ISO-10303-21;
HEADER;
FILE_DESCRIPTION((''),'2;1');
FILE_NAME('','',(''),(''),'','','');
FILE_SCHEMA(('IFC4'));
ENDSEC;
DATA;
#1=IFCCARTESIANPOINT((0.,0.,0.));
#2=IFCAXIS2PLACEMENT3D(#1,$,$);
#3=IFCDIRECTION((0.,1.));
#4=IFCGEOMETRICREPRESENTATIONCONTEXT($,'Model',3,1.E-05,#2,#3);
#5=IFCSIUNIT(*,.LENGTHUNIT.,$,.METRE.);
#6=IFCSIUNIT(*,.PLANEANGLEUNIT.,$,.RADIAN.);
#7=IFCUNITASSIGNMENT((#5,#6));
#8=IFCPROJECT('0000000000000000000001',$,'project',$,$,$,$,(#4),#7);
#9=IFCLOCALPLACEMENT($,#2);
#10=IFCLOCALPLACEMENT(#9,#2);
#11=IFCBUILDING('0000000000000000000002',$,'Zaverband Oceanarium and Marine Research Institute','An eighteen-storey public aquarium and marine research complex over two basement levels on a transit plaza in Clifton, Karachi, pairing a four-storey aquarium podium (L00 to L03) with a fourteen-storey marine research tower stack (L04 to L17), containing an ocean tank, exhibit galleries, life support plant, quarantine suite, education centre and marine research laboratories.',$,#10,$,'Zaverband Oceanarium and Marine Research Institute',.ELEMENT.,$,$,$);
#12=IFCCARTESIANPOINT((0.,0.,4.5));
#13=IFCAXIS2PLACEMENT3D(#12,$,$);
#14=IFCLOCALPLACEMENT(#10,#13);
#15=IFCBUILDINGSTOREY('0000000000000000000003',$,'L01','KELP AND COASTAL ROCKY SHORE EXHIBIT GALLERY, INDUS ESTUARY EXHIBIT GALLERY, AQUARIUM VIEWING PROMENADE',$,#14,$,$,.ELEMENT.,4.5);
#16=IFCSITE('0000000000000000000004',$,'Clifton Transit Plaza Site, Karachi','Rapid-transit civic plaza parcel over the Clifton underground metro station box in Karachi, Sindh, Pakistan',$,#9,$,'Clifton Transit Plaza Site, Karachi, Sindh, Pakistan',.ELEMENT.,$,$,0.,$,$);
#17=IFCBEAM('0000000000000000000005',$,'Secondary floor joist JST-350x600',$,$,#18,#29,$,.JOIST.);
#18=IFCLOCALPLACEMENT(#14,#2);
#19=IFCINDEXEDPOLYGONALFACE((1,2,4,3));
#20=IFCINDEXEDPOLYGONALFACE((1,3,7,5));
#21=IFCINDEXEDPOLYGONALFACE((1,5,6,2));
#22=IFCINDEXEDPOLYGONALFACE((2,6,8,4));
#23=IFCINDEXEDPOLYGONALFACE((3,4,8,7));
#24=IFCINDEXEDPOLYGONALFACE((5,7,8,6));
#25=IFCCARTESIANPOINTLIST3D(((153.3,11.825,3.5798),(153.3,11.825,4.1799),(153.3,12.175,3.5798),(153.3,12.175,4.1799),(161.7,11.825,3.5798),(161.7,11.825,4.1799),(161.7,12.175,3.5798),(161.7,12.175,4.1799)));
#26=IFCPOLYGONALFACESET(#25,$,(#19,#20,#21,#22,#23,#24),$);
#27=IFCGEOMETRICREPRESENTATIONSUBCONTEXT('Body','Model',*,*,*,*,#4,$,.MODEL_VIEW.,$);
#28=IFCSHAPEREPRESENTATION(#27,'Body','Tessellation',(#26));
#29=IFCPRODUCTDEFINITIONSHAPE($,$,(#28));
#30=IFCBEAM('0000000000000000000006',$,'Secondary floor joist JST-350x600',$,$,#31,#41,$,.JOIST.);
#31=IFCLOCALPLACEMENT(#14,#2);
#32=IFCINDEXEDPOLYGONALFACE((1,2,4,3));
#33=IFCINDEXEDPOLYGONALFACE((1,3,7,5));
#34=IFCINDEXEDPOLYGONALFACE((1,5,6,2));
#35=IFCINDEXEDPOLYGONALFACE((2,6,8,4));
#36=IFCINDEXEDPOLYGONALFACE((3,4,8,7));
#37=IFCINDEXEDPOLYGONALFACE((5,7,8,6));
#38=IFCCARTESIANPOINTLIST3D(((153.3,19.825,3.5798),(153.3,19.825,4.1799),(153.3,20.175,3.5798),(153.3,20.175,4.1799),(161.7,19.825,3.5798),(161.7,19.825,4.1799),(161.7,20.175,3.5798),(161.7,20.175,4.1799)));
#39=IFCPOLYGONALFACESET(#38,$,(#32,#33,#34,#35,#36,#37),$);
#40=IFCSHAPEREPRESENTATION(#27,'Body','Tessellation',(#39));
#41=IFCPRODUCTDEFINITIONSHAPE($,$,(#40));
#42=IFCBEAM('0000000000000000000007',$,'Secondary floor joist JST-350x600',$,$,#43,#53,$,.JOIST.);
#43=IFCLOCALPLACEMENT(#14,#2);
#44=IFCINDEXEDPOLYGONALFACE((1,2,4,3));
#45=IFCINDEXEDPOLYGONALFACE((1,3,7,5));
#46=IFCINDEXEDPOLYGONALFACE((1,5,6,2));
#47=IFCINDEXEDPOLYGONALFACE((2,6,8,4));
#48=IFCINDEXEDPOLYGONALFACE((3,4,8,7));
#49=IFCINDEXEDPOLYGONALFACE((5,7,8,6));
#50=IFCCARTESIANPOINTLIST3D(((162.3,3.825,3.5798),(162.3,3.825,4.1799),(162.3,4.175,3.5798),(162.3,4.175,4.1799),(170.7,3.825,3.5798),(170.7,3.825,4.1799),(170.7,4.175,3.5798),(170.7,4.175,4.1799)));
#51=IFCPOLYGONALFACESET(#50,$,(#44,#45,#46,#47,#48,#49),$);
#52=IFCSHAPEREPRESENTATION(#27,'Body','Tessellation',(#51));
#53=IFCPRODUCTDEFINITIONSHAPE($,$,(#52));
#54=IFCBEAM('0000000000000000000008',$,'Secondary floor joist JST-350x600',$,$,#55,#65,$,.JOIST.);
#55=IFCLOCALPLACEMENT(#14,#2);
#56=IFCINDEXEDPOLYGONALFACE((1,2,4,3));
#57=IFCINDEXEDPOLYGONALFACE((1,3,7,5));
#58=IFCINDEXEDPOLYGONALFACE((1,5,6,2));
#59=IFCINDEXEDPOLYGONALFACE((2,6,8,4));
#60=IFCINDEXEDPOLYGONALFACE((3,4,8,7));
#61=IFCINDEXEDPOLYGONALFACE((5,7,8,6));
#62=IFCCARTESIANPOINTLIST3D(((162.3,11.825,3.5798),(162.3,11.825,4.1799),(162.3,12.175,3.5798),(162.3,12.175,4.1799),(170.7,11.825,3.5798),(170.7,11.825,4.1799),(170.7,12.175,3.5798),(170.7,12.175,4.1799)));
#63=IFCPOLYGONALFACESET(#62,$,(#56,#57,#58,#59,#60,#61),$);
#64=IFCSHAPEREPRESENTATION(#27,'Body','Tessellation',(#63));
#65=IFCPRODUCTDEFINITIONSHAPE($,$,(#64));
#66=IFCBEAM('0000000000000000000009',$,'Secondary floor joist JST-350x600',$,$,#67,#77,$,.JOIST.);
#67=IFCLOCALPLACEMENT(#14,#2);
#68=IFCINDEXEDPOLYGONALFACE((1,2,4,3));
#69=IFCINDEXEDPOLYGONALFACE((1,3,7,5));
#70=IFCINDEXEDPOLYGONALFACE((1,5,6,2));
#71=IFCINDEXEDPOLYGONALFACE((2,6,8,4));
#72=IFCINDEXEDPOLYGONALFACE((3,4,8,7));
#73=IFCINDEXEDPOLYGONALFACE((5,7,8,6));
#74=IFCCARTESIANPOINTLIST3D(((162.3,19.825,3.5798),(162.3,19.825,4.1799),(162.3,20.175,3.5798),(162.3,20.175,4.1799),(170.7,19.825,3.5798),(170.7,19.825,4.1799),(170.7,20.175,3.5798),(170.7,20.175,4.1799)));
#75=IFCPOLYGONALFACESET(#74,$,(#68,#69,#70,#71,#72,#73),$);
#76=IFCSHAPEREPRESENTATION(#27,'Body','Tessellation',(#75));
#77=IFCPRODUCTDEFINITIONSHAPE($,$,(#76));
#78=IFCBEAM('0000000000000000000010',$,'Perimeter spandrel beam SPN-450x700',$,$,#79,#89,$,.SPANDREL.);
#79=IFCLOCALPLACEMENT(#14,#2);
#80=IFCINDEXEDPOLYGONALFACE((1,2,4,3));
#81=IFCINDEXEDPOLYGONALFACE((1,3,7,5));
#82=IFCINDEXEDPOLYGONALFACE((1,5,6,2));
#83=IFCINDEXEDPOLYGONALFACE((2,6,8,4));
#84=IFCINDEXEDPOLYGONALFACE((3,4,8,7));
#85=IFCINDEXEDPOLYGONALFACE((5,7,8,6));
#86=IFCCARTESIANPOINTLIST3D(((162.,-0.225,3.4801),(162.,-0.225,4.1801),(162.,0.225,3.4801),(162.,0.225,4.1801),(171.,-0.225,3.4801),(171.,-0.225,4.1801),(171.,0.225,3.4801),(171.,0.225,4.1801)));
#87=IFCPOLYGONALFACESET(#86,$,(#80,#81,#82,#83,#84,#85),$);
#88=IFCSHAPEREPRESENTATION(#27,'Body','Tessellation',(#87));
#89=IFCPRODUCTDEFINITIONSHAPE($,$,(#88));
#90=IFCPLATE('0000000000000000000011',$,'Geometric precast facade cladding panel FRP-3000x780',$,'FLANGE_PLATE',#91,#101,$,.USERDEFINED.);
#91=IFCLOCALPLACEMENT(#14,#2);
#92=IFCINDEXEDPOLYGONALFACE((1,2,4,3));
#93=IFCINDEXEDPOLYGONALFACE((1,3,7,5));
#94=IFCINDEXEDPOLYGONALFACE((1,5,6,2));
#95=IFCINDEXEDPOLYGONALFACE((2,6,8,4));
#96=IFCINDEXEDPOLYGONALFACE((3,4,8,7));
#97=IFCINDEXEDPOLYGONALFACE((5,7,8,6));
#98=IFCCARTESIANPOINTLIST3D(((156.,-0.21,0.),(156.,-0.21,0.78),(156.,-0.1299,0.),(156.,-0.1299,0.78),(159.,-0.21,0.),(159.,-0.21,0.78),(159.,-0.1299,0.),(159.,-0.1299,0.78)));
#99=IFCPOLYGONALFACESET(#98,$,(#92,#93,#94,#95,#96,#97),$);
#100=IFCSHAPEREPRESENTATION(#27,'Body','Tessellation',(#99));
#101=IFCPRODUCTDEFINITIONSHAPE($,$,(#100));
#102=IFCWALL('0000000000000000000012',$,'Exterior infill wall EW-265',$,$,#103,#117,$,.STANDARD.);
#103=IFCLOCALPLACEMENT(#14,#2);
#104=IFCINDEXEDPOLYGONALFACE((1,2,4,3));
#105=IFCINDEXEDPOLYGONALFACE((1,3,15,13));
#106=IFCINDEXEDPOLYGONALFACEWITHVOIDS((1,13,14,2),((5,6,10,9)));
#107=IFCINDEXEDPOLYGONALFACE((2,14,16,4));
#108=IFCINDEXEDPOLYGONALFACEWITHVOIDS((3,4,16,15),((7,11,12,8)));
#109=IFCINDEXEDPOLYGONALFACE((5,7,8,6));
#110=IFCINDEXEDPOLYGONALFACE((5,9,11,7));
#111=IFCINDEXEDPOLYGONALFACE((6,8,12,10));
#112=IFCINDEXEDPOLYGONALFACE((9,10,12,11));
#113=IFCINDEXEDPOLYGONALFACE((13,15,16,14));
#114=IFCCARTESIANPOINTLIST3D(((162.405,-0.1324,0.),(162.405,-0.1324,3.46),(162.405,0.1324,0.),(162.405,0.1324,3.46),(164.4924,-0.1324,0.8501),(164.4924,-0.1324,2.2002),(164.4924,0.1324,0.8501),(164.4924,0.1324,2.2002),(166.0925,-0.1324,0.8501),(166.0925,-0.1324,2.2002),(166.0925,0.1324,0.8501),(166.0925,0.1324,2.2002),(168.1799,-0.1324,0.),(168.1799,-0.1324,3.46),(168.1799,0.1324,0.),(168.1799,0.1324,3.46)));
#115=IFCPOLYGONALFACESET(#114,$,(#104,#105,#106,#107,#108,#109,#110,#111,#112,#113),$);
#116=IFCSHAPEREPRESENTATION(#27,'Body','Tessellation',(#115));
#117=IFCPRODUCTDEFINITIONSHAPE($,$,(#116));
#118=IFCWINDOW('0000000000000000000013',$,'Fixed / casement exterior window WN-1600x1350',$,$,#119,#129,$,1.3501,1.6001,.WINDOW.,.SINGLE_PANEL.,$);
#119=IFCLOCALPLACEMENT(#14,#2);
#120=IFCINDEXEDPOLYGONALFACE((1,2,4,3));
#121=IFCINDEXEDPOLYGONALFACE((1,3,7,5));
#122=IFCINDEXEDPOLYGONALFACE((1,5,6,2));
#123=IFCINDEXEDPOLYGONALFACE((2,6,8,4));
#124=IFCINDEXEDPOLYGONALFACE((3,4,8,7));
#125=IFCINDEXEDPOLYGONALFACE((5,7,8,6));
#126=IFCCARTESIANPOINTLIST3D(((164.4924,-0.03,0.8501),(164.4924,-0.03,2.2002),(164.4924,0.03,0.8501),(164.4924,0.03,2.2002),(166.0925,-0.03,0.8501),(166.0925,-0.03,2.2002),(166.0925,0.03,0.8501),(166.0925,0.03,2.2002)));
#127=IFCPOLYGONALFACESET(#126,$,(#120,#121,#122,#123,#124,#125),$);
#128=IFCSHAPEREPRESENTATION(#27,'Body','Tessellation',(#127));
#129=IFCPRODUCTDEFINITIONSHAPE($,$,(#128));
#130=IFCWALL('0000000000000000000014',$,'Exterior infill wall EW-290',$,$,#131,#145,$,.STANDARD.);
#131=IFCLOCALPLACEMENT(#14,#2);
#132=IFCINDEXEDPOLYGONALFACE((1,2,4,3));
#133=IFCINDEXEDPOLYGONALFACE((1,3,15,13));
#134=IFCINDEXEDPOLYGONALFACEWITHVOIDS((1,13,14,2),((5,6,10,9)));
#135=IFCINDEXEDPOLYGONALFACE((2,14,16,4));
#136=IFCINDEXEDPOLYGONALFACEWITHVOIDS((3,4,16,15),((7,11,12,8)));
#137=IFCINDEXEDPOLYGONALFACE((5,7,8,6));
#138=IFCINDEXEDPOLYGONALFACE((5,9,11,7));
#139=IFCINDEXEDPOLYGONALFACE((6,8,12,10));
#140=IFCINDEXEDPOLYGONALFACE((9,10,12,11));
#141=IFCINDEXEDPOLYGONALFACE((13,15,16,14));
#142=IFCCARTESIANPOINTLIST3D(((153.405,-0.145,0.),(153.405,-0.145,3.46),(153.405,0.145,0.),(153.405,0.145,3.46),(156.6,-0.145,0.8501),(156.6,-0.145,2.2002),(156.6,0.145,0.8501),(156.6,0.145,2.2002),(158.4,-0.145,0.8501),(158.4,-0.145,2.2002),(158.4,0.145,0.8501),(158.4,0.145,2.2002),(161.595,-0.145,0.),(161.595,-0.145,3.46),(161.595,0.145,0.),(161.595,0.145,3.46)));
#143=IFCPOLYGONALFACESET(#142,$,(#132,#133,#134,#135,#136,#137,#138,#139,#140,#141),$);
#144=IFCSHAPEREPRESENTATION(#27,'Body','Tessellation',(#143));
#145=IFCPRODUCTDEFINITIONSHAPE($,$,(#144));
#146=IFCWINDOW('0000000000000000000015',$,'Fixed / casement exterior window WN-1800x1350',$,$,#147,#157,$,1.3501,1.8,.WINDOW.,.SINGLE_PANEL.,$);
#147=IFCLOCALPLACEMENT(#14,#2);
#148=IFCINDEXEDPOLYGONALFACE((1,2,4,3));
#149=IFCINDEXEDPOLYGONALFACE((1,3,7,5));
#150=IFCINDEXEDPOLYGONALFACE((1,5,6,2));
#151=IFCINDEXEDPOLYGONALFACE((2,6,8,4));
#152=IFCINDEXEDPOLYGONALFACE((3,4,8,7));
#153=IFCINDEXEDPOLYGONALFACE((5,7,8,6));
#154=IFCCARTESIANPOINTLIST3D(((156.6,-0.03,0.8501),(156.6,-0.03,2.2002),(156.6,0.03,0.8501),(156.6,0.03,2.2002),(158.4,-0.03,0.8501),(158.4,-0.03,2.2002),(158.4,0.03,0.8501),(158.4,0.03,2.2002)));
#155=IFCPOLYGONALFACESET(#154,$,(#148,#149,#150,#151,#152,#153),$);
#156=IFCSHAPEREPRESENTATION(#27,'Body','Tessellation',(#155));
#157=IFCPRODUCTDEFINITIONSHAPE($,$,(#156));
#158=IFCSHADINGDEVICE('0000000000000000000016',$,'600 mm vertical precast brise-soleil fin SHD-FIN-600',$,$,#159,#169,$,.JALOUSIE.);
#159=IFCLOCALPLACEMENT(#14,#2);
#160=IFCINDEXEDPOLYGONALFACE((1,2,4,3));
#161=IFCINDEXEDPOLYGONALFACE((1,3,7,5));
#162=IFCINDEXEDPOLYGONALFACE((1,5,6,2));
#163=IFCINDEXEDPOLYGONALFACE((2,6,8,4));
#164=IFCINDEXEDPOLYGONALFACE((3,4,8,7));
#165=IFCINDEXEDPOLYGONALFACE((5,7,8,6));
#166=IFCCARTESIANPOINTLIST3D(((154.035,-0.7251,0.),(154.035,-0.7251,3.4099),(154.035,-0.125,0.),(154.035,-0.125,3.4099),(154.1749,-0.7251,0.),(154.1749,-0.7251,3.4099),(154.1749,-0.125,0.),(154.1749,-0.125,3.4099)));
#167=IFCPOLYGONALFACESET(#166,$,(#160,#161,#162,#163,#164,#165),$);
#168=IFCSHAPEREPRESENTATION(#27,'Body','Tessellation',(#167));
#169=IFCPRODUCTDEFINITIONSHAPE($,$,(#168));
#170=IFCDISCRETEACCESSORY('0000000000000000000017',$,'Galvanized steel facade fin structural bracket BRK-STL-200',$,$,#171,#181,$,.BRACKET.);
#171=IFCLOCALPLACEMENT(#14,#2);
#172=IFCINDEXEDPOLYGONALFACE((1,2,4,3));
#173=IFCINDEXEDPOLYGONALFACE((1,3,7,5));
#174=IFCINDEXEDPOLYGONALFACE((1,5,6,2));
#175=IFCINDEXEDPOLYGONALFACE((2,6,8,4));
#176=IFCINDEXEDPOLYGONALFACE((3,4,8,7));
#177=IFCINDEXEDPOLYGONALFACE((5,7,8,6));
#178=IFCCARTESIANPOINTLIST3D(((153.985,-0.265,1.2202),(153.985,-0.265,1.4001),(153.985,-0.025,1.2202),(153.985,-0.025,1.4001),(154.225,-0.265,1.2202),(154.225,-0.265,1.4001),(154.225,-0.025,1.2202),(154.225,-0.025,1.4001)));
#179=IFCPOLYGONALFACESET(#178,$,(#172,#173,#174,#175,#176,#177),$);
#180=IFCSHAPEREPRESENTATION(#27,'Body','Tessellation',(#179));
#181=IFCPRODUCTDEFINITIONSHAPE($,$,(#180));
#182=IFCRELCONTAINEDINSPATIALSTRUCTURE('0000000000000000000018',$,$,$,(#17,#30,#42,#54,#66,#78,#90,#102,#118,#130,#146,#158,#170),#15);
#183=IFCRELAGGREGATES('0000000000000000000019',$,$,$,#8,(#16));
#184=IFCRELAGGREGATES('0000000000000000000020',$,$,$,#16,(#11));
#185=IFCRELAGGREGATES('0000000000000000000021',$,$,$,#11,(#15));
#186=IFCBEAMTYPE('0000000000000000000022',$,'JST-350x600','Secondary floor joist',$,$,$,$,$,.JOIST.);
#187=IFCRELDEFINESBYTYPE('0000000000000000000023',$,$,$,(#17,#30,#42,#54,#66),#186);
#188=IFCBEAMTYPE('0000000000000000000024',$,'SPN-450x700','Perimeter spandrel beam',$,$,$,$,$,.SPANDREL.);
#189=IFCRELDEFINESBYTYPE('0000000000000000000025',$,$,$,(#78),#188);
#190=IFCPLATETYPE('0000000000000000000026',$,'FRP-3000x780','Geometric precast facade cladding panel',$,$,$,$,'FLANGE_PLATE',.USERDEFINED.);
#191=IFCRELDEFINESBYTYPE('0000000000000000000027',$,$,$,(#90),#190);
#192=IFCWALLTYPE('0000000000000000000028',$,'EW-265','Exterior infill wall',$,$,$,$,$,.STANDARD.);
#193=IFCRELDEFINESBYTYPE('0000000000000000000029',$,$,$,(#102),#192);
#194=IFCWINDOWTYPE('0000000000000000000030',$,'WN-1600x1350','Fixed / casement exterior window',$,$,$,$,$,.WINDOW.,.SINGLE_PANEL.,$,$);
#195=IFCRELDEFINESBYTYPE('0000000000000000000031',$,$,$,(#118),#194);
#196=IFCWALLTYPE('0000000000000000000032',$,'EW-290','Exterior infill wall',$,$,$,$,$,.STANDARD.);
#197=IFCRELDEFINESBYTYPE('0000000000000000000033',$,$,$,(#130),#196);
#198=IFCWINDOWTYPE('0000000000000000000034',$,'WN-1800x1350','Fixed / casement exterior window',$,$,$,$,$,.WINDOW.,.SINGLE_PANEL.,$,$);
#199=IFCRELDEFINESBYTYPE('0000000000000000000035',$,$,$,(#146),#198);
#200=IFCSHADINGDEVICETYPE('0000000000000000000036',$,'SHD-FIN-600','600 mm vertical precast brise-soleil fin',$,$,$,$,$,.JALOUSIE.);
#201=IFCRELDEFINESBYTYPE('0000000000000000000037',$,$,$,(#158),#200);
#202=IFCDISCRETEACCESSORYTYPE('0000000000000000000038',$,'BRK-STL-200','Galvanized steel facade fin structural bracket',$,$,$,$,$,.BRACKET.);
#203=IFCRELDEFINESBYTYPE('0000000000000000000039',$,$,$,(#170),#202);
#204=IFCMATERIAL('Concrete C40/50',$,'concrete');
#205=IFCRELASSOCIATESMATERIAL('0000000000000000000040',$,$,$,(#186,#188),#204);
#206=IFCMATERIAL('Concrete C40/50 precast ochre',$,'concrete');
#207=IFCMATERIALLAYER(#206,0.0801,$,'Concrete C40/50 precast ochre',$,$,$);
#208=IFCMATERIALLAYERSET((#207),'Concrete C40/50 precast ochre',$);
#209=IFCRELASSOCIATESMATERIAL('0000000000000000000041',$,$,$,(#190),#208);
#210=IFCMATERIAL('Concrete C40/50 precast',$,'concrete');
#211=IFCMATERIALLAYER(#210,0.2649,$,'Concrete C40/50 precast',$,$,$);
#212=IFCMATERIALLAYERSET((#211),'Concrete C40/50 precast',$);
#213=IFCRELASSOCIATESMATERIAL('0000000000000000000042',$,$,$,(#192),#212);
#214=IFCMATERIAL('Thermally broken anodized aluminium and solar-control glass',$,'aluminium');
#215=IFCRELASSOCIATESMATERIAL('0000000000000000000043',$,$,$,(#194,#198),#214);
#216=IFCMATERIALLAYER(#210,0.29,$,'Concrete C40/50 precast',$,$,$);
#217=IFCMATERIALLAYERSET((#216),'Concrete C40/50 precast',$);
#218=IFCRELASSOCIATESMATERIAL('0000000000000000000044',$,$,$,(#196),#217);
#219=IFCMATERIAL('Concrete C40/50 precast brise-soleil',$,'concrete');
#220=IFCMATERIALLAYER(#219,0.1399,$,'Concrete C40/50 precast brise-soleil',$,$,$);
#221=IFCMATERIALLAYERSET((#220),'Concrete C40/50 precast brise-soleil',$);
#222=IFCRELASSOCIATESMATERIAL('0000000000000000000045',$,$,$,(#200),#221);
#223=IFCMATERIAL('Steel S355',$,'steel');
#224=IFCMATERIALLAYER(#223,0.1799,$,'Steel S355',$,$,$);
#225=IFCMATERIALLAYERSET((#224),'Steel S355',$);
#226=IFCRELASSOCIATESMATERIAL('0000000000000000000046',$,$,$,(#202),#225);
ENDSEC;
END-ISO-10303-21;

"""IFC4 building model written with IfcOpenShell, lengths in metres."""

from ifc_helpers import new_model, si_unit, direction, frame, frame_2d, origin, origin_2d, place, context, subcontext, project, spatial, rectangle, extrude, material, layer, layer_set, material_profile, profile_set, type_object, element, fill, save


model = new_model("IFC4")

# Units and contexts
model_context = context("Model", 3, precision=1e-05, world=origin(), true_north=direction((0.0, 1.0)))
body_context = subcontext(model_context, "Body", "Model", "MODEL_VIEW")
ifc_project = project(units=[si_unit("LENGTHUNIT", "METRE"), si_unit("PLANEANGLEUNIT", "RADIAN")], contexts=[model_context])

# Site, building, storey
site_placement = place(None, origin())
site = spatial("IfcSite", under=ifc_project, at=site_placement, Name="Clifton Transit Plaza Site, Karachi", Description="Rapid-transit civic plaza parcel over the Clifton underground metro station box in Karachi, Sindh, Pakistan", LongName="Clifton Transit Plaza Site, Karachi, Sindh, Pakistan", CompositionType="ELEMENT", RefElevation=0.0)
building_placement = place(site_placement, origin())
building = spatial("IfcBuilding", under=site, at=building_placement, Name="Zaverband Oceanarium and Marine Research Institute", Description="An eighteen-storey public aquarium and marine research complex over two basement levels on a transit plaza in Clifton, Karachi, pairing a four-storey aquarium podium (L00 to L03) with a fourteen-storey marine research tower stack (L04 to L17), containing an ocean tank, exhibit galleries, life support plant, quarantine suite, education centre and marine research laboratories.", LongName="Zaverband Oceanarium and Marine Research Institute", CompositionType="ELEMENT")
storey_placement = place(building_placement, frame((0.0, 0.0, 4.5)))
storey = spatial("IfcBuildingStorey", under=building, at=storey_placement, Name="L01", Description="KELP AND COASTAL ROCKY SHORE EXHIBIT GALLERY, INDUS ESTUARY EXHIBIT GALLERY, AQUARIUM VIEWING PROMENADE", CompositionType="ELEMENT", Elevation=4.5)

# Beams
ifc_material_1 = material(Name="Concrete C40/50", Category="concrete")
ifc_material_profile_1 = material_profile(ifc_material_1, rectangle(XDim=0.3501, YDim=0.6001, at=origin_2d()), Name="RC350x600")
ifc_profile_set_1 = profile_set([ifc_material_profile_1], Name="Concrete C40/50")
beam_type_1 = type_object("IfcBeamType", Name="JST-350x600", Description="Secondary floor joist", PredefinedType="JOIST", material=ifc_profile_set_1)
for number, where, z_axis, x_axis, name in (
    (1, (153.3, 12.0, 3.8799), (1.0, 0.0, 0.0), (0.0, 1.0, 0.0), "Secondary floor joist JST-350x600"),
    (2, (153.3, 20.0, 3.8799), (1.0, 0.0, 0.0), (0.0, 1.0, 0.0), "Secondary floor joist JST-350x600"),
    (3, (162.3, 4.0, 3.8799), (1.0, 0.0, 0.0), (0.0, 1.0, 0.0), "Secondary floor joist JST-350x600"),
    (4, (162.3, 12.0, 3.8799), (1.0, 0.0, 0.0), (0.0, 1.0, 0.0), "Secondary floor joist JST-350x600"),
    (5, (162.3, 20.0, 3.8799), (1.0, 0.0, 0.0), (0.0, 1.0, 0.0), "Secondary floor joist JST-350x600"),
):
    element("IfcBeam", number, at=place(storey_placement, frame(where, z_axis=z_axis, x_axis=x_axis)), inside=storey, type_object=beam_type_1, Name=name, PredefinedType="JOIST", context=body_context, shape_type="SweptSolid", body=[
        extrude(rectangle(XDim=0.3501, YDim=0.6001, at=origin_2d()), origin(), (0.0, 0.0, 1.0), 8.3999),
    ])
ifc_material_profile_2 = material_profile(ifc_material_1, rectangle(XDim=0.45, YDim=0.7, at=origin_2d()), Name="RC450x700")
ifc_profile_set_2 = profile_set([ifc_material_profile_2], Name="Concrete C40/50")
beam_type_2 = type_object("IfcBeamType", Name="SPN-450x700", Description="Perimeter spandrel beam", PredefinedType="SPANDREL", material=ifc_profile_set_2)
beam_placement = place(storey_placement, frame((162.0, 0.0, 3.8301), z_axis=(1.0, 0.0, 0.0), x_axis=(0.0, 1.0, 0.0)))
element("IfcBeam", 6, at=beam_placement, inside=storey, type_object=beam_type_2, Name="Perimeter spandrel beam SPN-450x700", PredefinedType="SPANDREL", context=body_context, shape_type="SweptSolid", body=[
    extrude(rectangle(XDim=0.45, YDim=0.7, at=origin_2d()), origin(), (0.0, 0.0, 1.0), 9.0),
])

# Plate
ifc_material_2 = material(Name="Concrete C40/50 precast ochre", Category="concrete")
ifc_layer_1 = layer(ifc_material_2, 0.0801, Name="Concrete C40/50 precast ochre")
ifc_layer_set_1 = layer_set([ifc_layer_1], Name="Concrete C40/50 precast ochre")
plate_type = type_object("IfcPlateType", Name="FRP-3000x780", Description="Geometric precast facade cladding panel", ElementType="FLANGE_PLATE", PredefinedType="USERDEFINED", material=ifc_layer_set_1)
plate_placement = place(storey_placement, frame((156.0, -0.1699, 0.0), z_axis=(0.0, 0.0, 1.0), x_axis=(1.0, 0.0, 0.0)))
element("IfcPlate", 7, at=plate_placement, inside=storey, type_object=plate_type, Name="Geometric precast facade cladding panel FRP-3000x780", ObjectType="FLANGE_PLATE", PredefinedType="USERDEFINED", context=body_context, shape_type="SweptSolid", body=[
    extrude(rectangle(XDim=3.0, YDim=0.0801, at=frame_2d((1.5, 0.0))), origin(), (0.0, 0.0, 1.0), 0.78),
])

# Walls, openings, windows
ifc_material_3 = material(Name="Concrete C40/50 precast", Category="concrete")
ifc_layer_2 = layer(ifc_material_3, 0.2649, Name="Concrete C40/50 precast")
ifc_layer_set_2 = layer_set([ifc_layer_2], Name="Concrete C40/50 precast")
wall_type_1 = type_object("IfcWallType", Name="EW-265", Description="Exterior infill wall", PredefinedType="STANDARD", material=ifc_layer_set_2)
wall_1_placement = place(storey_placement, frame((162.405, 0.0, 0.0), z_axis=(0.0, 0.0, 1.0), x_axis=(1.0, 0.0, 0.0)))
wall_1 = element("IfcWall", 8, at=wall_1_placement, inside=storey, type_object=wall_type_1, Name="Exterior infill wall EW-265", PredefinedType="STANDARD", context=body_context, shape_type="SweptSolid", body=[
    extrude(rectangle(XDim=5.7749, YDim=0.2649, at=frame_2d((2.8875, 0.0))), origin(), (0.0, 0.0, 1.0), 3.46),
])
opening_1_placement = place(wall_1_placement, frame((2.0874, 0.0, 0.8501)))
opening_1 = element("IfcOpeningElement", 9, at=opening_1_placement, cuts=wall_1, PredefinedType="OPENING", context=body_context, shape_type="SweptSolid", body=[
    extrude(rectangle(XDim=1.6001, YDim=1.3501, at=frame_2d((0.8, 0.675))), frame((0.0, 0.1445, 0.0), z_axis=(0.0, -1.0, 0.0), x_axis=(1.0, 0.0, 0.0)), (0.0, 0.0, 1.0), 0.2888),
])
ifc_material_4 = material(Name="Thermally broken anodized aluminium and solar-control glass", Category="aluminium")
window_type_1 = type_object("IfcWindowType", Name="WN-1600x1350", Description="Fixed / casement exterior window", PartitioningType="SINGLE_PANEL", PredefinedType="WINDOW", material=ifc_material_4)
window_1_placement = place(opening_1_placement, origin())
window_1 = element("IfcWindow", 10, at=window_1_placement, inside=storey, type_object=window_type_1, Name="Fixed / casement exterior window WN-1600x1350", OverallHeight=1.3501, OverallWidth=1.6001, PartitioningType="SINGLE_PANEL", PredefinedType="WINDOW", context=body_context, shape_type="SweptSolid", body=[
    extrude(rectangle(XDim=1.6001, YDim=1.3501, at=frame_2d((0.8, 0.675))), frame((0.0, 0.03, 0.0), z_axis=(0.0, -1.0, 0.0), x_axis=(1.0, 0.0, 0.0)), (0.0, 0.0, 1.0), 0.0601),
])
fill(opening_1, window_1)
ifc_layer_3 = layer(ifc_material_3, 0.29, Name="Concrete C40/50 precast")
ifc_layer_set_3 = layer_set([ifc_layer_3], Name="Concrete C40/50 precast")
wall_type_2 = type_object("IfcWallType", Name="EW-290", Description="Exterior infill wall", PredefinedType="STANDARD", material=ifc_layer_set_3)
wall_2_placement = place(storey_placement, frame((153.405, 0.0, 0.0), z_axis=(0.0, 0.0, 1.0), x_axis=(1.0, 0.0, 0.0)))
wall_2 = element("IfcWall", 11, at=wall_2_placement, inside=storey, type_object=wall_type_2, Name="Exterior infill wall EW-290", PredefinedType="STANDARD", context=body_context, shape_type="SweptSolid", body=[
    extrude(rectangle(XDim=8.1899, YDim=0.29, at=frame_2d((4.095, 0.0))), origin(), (0.0, 0.0, 1.0), 3.46),
])
opening_2_placement = place(wall_2_placement, frame((3.1951, 0.0, 0.8501)))
opening_2 = element("IfcOpeningElement", 12, at=opening_2_placement, cuts=wall_2, PredefinedType="OPENING", context=body_context, shape_type="SweptSolid", body=[
    extrude(rectangle(XDim=1.8, YDim=1.3501, at=frame_2d((0.8999, 0.675))), frame((0.0, 0.157, 0.0), z_axis=(0.0, -1.0, 0.0), x_axis=(1.0, 0.0, 0.0)), (0.0, 0.0, 1.0), 0.314),
])
window_type_2 = type_object("IfcWindowType", Name="WN-1800x1350", Description="Fixed / casement exterior window", PartitioningType="SINGLE_PANEL", PredefinedType="WINDOW", material=ifc_material_4)
window_2_placement = place(opening_2_placement, origin())
window_2 = element("IfcWindow", 13, at=window_2_placement, inside=storey, type_object=window_type_2, Name="Fixed / casement exterior window WN-1800x1350", OverallHeight=1.3501, OverallWidth=1.8, PartitioningType="SINGLE_PANEL", PredefinedType="WINDOW", context=body_context, shape_type="SweptSolid", body=[
    extrude(rectangle(XDim=1.8, YDim=1.3501, at=frame_2d((0.8999, 0.675))), frame((0.0, 0.03, 0.0), z_axis=(0.0, -1.0, 0.0), x_axis=(1.0, 0.0, 0.0)), (0.0, 0.0, 1.0), 0.0601),
])
fill(opening_2, window_2)

# Shading device
ifc_material_5 = material(Name="Concrete C40/50 precast brise-soleil", Category="concrete")
ifc_layer_4 = layer(ifc_material_5, 0.1399, Name="Concrete C40/50 precast brise-soleil")
ifc_layer_set_4 = layer_set([ifc_layer_4], Name="Concrete C40/50 precast brise-soleil")
shading_device_type = type_object("IfcShadingDeviceType", Name="SHD-FIN-600", Description="600 mm vertical precast brise-soleil fin", PredefinedType="JALOUSIE", material=ifc_layer_set_4)
shading_device_placement = place(storey_placement, frame((154.105, -0.125, 0.0), z_axis=(0.0, 0.0, 1.0), x_axis=(0.0, -1.0, 0.0)))
element("IfcShadingDevice", 14, at=shading_device_placement, inside=storey, type_object=shading_device_type, Name="600 mm vertical precast brise-soleil fin SHD-FIN-600", PredefinedType="JALOUSIE", context=body_context, shape_type="SweptSolid", body=[
    extrude(rectangle(XDim=0.6001, YDim=0.1399, at=frame_2d((0.3, 0.0))), origin(), (0.0, 0.0, 1.0), 3.4099),
])

# Discrete accessory
ifc_material_6 = material(Name="Steel S355", Category="steel")
ifc_layer_5 = layer(ifc_material_6, 0.1799, Name="Steel S355")
ifc_layer_set_5 = layer_set([ifc_layer_5], Name="Steel S355")
discrete_accessory_type = type_object("IfcDiscreteAccessoryType", Name="BRK-STL-200", Description="Galvanized steel facade fin structural bracket", PredefinedType="BRACKET", material=ifc_layer_set_5)
discrete_accessory_placement = place(storey_placement, frame((154.105, -0.145, 1.2202), z_axis=(0.0, 0.0, 1.0), x_axis=(1.0, 0.0, 0.0)))
element("IfcDiscreteAccessory", 15, at=discrete_accessory_placement, inside=storey, type_object=discrete_accessory_type, Name="Galvanized steel facade fin structural bracket BRK-STL-200", PredefinedType="BRACKET", context=body_context, shape_type="SweptSolid", body=[
    extrude(rectangle(XDim=0.24, YDim=0.24, at=origin_2d()), origin(), (0.0, 0.0, 1.0), 0.1799),
])

save(model, "model.ifc")
